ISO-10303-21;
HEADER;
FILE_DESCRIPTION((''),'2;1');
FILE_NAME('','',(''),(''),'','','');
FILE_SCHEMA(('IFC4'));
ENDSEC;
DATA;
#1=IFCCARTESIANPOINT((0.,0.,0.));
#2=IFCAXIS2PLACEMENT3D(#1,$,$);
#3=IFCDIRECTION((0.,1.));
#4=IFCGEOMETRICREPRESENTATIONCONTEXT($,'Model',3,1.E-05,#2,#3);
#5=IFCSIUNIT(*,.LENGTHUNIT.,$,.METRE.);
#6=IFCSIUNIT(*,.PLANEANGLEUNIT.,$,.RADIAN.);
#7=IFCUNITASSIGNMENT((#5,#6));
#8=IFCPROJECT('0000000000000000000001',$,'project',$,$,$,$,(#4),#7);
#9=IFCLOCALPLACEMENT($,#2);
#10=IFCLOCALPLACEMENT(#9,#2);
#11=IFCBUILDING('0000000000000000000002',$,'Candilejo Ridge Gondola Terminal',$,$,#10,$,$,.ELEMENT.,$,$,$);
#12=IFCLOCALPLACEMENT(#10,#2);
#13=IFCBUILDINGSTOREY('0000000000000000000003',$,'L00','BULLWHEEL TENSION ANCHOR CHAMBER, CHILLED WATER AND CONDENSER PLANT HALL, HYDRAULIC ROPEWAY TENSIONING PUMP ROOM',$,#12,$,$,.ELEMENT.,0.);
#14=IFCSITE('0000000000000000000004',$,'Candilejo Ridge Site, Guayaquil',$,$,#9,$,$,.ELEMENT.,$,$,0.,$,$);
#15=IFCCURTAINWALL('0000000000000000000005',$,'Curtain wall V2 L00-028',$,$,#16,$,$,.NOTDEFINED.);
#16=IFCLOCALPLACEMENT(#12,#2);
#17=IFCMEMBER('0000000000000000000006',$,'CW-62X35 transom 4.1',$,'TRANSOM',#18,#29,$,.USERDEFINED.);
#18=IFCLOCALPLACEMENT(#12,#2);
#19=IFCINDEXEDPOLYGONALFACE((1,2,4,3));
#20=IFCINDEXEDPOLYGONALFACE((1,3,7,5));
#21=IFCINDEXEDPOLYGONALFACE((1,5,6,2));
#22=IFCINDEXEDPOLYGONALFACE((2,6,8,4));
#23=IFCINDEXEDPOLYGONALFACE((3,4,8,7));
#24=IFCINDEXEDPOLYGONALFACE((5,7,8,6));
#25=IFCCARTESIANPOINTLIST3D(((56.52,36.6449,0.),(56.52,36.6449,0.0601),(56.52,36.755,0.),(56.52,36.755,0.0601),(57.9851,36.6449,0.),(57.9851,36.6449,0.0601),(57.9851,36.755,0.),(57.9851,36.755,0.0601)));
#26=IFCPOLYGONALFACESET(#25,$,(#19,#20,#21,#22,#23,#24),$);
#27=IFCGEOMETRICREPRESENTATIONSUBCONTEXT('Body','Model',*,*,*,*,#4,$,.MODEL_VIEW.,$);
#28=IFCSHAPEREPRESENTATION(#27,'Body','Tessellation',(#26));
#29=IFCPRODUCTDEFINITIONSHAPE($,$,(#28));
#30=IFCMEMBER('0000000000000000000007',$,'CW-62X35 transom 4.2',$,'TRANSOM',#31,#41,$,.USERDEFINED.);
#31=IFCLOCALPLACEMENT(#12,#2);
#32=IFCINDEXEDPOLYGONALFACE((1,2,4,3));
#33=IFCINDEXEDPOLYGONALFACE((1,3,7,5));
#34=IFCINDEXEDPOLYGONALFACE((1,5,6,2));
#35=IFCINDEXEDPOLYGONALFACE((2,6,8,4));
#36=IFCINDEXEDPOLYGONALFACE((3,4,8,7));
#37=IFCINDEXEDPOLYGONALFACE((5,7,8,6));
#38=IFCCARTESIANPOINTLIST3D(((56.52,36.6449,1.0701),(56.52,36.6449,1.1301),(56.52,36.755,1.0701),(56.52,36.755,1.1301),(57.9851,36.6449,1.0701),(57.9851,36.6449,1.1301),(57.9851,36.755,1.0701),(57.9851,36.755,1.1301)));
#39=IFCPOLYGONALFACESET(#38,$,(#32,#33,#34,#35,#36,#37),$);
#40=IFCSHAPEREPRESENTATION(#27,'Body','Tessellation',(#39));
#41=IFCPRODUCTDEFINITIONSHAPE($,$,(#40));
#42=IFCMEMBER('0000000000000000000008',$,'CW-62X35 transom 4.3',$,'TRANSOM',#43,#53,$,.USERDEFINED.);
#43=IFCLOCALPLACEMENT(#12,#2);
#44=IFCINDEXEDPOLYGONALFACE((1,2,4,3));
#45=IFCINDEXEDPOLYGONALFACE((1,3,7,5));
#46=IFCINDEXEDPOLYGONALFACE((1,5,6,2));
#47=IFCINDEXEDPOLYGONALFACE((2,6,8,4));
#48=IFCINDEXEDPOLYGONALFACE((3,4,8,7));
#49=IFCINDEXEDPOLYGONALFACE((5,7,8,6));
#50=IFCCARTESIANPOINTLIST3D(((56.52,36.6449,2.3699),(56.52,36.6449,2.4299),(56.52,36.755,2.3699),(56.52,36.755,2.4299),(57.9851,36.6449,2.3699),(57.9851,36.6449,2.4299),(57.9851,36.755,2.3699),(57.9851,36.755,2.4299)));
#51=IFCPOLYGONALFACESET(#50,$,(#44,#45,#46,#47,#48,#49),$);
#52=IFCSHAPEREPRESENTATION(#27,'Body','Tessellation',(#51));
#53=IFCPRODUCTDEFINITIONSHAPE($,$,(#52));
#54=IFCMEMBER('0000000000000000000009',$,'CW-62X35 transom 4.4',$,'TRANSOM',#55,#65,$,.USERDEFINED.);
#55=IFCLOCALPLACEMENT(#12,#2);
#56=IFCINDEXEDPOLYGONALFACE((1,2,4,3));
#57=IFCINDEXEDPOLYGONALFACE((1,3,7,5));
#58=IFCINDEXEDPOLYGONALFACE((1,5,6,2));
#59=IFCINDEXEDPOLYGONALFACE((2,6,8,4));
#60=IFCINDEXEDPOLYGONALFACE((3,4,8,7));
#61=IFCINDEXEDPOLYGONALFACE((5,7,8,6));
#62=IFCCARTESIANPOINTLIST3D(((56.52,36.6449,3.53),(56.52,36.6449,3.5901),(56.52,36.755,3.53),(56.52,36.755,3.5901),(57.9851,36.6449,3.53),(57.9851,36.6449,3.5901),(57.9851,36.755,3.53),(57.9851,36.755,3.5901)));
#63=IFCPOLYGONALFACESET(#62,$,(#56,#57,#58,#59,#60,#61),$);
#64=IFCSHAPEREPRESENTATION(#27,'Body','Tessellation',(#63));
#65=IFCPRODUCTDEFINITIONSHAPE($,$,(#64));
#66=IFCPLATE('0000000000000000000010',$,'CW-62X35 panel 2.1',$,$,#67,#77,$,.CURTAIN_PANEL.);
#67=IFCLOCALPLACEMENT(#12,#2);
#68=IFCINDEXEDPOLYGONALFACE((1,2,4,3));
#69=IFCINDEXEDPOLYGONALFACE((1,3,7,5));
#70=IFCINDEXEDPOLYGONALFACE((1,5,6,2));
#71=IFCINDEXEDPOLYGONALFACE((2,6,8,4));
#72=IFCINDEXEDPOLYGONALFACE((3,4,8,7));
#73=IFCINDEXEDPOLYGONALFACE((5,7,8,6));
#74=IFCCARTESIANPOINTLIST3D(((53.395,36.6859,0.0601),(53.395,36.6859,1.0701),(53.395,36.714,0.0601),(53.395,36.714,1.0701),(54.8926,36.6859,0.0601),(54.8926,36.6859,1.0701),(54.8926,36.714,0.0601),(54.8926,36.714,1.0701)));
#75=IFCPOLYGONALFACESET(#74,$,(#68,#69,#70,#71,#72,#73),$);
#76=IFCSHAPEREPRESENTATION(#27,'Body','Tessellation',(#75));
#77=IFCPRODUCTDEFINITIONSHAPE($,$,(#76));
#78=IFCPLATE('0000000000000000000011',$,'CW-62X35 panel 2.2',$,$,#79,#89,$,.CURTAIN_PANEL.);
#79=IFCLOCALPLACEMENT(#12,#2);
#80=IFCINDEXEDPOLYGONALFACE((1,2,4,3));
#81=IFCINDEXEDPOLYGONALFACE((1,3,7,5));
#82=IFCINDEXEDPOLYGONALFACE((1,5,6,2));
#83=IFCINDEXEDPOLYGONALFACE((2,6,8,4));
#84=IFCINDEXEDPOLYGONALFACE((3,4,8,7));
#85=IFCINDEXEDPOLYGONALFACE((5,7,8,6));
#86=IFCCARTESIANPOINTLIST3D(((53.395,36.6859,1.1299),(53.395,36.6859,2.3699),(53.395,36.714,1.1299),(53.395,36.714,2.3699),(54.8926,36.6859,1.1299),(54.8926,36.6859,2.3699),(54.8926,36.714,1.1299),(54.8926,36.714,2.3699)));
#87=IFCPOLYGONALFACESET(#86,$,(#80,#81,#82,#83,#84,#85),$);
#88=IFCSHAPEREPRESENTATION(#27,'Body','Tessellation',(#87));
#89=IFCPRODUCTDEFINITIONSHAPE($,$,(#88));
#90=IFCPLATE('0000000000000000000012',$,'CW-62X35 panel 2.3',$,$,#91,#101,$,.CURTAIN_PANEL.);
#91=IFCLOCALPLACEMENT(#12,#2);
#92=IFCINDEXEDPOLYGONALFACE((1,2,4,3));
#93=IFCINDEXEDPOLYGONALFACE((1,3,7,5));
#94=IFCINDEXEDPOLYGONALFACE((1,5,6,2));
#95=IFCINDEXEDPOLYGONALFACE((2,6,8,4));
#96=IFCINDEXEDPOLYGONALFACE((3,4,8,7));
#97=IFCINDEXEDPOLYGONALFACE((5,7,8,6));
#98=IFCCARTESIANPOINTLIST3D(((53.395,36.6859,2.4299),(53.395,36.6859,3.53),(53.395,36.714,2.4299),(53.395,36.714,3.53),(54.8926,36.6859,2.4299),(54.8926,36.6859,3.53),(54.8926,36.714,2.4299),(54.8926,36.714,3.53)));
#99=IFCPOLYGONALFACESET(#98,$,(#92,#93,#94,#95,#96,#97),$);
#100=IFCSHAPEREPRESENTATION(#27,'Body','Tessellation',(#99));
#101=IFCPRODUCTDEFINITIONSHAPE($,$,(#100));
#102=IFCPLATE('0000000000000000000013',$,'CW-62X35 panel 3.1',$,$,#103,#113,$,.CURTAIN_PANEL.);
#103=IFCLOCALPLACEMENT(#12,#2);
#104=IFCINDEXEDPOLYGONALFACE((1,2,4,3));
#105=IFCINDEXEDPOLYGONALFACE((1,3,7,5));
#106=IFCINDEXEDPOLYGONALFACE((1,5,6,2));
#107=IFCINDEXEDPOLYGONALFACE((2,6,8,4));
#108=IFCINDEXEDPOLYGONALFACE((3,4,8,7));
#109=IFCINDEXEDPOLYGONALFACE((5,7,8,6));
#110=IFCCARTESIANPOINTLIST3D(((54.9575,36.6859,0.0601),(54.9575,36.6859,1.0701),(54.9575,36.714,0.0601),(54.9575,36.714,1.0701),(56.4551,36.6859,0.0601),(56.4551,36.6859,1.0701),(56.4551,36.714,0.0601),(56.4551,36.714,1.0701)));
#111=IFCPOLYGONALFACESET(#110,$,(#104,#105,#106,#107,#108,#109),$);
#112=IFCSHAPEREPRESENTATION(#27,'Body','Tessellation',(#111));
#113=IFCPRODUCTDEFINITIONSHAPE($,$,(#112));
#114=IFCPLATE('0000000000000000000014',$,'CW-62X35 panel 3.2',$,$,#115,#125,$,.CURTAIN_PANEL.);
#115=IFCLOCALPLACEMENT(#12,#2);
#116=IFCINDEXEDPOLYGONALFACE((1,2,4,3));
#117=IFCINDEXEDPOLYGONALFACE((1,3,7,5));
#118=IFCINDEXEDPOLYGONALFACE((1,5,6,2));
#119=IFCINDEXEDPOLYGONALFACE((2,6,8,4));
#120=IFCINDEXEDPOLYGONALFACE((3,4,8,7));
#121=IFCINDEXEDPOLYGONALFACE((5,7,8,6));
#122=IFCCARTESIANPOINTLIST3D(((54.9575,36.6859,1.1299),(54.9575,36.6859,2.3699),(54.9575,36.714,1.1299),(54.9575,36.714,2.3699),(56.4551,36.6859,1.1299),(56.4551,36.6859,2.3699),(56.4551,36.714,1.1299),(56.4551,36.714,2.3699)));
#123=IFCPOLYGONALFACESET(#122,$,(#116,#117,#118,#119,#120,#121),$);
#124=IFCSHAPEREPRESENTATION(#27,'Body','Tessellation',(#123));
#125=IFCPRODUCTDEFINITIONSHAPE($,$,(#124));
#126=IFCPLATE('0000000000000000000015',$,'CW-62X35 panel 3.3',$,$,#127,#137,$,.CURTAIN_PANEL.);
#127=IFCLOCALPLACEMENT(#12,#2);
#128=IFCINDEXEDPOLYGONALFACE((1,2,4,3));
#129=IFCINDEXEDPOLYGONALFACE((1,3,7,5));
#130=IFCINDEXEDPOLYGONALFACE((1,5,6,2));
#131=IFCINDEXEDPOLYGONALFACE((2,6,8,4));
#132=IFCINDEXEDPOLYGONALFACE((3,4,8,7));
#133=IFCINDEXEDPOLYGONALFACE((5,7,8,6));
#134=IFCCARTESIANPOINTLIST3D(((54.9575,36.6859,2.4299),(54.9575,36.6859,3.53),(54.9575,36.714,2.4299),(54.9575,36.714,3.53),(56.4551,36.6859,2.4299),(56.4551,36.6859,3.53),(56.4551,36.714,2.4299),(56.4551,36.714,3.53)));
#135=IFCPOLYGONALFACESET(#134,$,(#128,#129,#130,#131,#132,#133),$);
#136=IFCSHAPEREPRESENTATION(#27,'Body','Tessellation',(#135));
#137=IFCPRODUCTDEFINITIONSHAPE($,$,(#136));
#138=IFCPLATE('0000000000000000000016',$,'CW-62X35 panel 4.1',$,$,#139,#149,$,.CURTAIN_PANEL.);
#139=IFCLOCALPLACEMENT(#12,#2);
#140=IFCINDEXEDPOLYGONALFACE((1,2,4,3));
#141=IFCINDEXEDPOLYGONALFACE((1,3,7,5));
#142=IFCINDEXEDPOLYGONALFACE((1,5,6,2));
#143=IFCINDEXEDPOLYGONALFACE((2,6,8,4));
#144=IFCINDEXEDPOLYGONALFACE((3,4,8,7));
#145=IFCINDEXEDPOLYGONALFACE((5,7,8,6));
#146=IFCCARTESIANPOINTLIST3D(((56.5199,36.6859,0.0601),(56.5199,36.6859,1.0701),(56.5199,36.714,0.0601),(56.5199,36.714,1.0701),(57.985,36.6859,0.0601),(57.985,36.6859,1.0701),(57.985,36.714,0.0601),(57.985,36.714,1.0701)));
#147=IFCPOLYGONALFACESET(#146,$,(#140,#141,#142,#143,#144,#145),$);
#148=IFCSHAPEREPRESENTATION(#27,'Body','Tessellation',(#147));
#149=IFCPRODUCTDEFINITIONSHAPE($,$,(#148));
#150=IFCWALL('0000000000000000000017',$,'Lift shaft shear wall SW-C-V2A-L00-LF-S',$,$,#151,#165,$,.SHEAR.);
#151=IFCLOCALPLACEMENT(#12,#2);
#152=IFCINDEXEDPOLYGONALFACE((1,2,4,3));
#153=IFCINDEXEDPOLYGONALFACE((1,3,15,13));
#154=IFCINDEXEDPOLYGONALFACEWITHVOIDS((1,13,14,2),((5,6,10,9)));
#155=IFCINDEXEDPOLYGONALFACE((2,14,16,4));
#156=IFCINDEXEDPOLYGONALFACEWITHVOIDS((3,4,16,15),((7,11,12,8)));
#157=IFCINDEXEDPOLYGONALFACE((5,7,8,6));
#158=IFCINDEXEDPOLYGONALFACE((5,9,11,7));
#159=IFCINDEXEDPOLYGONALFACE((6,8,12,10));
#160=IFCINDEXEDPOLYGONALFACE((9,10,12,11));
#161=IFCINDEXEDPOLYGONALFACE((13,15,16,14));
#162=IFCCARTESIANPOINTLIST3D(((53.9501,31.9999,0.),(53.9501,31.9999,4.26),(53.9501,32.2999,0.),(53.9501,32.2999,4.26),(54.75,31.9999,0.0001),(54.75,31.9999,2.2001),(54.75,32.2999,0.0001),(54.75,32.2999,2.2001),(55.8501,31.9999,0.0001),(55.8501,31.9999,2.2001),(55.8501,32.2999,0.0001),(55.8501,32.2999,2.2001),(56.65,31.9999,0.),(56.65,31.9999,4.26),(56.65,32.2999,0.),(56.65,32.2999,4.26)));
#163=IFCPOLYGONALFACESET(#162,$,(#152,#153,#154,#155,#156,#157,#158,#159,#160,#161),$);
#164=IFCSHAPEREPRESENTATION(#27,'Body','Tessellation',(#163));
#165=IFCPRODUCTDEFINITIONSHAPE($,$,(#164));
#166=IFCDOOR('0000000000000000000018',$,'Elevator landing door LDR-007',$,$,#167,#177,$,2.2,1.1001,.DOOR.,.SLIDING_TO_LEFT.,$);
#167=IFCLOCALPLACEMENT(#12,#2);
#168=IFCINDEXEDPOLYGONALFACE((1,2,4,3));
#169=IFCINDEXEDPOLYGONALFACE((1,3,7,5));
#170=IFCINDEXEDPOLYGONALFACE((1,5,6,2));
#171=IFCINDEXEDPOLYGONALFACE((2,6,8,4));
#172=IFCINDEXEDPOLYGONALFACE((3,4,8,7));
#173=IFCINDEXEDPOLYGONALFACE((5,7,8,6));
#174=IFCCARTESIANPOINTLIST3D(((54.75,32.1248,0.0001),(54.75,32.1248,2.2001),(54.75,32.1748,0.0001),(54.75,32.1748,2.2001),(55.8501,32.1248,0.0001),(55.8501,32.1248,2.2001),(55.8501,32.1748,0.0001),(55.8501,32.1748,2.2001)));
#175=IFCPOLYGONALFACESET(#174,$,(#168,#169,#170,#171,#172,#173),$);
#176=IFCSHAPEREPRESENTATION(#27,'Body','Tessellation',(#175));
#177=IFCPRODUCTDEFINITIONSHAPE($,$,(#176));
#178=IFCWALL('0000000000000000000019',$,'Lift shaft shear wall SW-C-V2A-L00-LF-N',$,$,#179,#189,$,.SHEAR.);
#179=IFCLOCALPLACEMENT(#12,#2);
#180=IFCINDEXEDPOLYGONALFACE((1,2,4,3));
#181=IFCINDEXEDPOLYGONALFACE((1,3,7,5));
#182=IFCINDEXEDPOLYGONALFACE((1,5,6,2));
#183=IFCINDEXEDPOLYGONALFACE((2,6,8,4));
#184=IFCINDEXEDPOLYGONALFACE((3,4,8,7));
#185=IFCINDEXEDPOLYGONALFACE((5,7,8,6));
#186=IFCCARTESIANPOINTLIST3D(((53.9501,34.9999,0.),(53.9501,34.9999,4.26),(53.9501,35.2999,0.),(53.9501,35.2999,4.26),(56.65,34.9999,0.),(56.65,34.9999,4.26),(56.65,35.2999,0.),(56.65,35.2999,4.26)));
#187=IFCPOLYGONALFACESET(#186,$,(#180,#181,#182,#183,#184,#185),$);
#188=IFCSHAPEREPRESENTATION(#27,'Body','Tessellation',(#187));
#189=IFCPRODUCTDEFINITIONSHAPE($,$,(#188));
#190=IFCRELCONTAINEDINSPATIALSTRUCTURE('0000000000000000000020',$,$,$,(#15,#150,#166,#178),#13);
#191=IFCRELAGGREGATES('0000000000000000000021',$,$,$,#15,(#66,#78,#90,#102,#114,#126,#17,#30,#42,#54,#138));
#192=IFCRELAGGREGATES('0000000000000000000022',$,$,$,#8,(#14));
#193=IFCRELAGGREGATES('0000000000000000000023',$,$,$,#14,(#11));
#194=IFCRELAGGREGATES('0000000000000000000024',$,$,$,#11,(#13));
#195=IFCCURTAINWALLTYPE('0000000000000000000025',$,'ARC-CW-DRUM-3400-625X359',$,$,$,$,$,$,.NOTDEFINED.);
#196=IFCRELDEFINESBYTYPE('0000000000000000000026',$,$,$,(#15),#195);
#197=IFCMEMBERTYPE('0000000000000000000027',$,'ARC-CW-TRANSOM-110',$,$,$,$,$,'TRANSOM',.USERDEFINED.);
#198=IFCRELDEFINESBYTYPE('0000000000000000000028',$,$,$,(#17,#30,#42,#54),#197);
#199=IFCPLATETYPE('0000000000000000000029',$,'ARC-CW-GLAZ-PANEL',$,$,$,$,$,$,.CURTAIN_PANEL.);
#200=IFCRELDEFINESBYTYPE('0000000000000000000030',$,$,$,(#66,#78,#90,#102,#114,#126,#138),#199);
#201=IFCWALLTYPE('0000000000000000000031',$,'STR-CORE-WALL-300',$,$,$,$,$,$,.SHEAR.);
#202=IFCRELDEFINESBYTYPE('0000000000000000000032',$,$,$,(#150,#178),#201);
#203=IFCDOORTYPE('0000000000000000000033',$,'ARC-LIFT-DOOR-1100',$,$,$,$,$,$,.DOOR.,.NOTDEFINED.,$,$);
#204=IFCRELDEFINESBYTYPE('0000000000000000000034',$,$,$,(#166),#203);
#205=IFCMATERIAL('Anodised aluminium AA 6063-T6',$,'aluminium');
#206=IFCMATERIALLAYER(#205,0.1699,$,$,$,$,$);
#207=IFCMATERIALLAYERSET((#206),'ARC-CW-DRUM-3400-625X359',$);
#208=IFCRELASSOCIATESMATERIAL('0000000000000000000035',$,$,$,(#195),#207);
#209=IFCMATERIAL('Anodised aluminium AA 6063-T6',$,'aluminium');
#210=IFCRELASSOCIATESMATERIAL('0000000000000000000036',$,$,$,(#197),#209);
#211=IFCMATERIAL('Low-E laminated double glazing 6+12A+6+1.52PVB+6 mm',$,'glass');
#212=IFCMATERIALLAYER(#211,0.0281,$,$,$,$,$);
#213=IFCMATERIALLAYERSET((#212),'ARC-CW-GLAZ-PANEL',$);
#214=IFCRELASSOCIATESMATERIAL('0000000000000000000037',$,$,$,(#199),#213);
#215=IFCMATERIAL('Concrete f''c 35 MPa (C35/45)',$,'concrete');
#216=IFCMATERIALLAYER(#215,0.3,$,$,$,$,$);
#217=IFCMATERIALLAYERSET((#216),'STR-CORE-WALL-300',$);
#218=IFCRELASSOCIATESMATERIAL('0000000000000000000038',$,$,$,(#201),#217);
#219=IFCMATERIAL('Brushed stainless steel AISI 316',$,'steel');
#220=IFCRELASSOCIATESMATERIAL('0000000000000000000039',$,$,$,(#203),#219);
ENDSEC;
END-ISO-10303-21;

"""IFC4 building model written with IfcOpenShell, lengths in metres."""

from ifc_helpers import new_model, si_unit, direction, frame, frame_2d, origin, origin_2d, place, context, subcontext, project, spatial, rectangle, extrude, material, layer, layer_set, material_profile, profile_set, type_object, element, fill, aggregate, save


model = new_model("IFC4")

# Units and contexts
model_context = context("Model", 3, precision=1e-05, world=origin(), true_north=direction((0.0, 1.0)))
body_context = subcontext(model_context, "Body", "Model", "MODEL_VIEW")
ifc_project = project(units=[si_unit("LENGTHUNIT", "METRE"), si_unit("PLANEANGLEUNIT", "RADIAN")], contexts=[model_context])

# Site, building, storey
site_placement = place(None, origin())
site = spatial("IfcSite", under=ifc_project, at=site_placement, Name="Candilejo Ridge Site, Guayaquil", CompositionType="ELEMENT", RefElevation=0.0)
building_placement = place(site_placement, origin())
building = spatial("IfcBuilding", under=site, at=building_placement, Name="Candilejo Ridge Gondola Terminal", CompositionType="ELEMENT")
storey_placement = place(building_placement, origin())
storey = spatial("IfcBuildingStorey", under=building, at=storey_placement, Name="L00", Description="BULLWHEEL TENSION ANCHOR CHAMBER, CHILLED WATER AND CONDENSER PLANT HALL, HYDRAULIC ROPEWAY TENSIONING PUMP ROOM", CompositionType="ELEMENT", Elevation=0.0)

# Curtain wall, members, plates
ifc_material_1 = material(Name="Anodised aluminium AA 6063-T6", Category="aluminium")
ifc_layer_1 = layer(ifc_material_1, 0.1699)
ifc_layer_set_1 = layer_set([ifc_layer_1], Name="ARC-CW-DRUM-3400-625X359")
curtain_wall_type = type_object("IfcCurtainWallType", Name="ARC-CW-DRUM-3400-625X359", PredefinedType="NOTDEFINED", material=ifc_layer_set_1)
curtain_wall_placement = place(storey_placement, origin())
curtain_wall = element("IfcCurtainWall", 1, at=curtain_wall_placement, inside=storey, type_object=curtain_wall_type, Name="Curtain wall V2 L00-028", PredefinedType="NOTDEFINED")
ifc_material_2 = material(Name="Anodised aluminium AA 6063-T6", Category="aluminium")
ifc_material_profile_1 = material_profile(ifc_material_2, rectangle(XDim=0.1101, YDim=0.0601, at=origin_2d()))
ifc_profile_set_1 = profile_set([ifc_material_profile_1], Name="Anodised aluminium AA 6063-T6")
member_type_1 = type_object("IfcMemberType", Name="ARC-CW-TRANSOM-110", ElementType="TRANSOM", PredefinedType="USERDEFINED", material=ifc_profile_set_1)
member_1_placement = place(storey_placement, frame((56.52, 36.7, 0.03), z_axis=(1.0, 0.0, 0.0), x_axis=(0.0, 1.0, 0.0)))
member_1 = element("IfcMember", 2, at=member_1_placement, type_object=member_type_1, Name="CW-62X35 transom 4.1", ObjectType="TRANSOM", PredefinedType="USERDEFINED", context=body_context, shape_type="SweptSolid", body=[
    extrude(rectangle(XDim=0.1101, YDim=0.0601, at=origin_2d()), origin(), (0.0, 0.0, 1.0), 1.4651),
])
member_2_placement = place(storey_placement, frame((56.52, 36.7, 1.1001), z_axis=(1.0, 0.0, 0.0), x_axis=(0.0, 1.0, 0.0)))
member_2 = element("IfcMember", 3, at=member_2_placement, type_object=member_type_1, Name="CW-62X35 transom 4.2", ObjectType="TRANSOM", PredefinedType="USERDEFINED", context=body_context, shape_type="SweptSolid", body=[
    extrude(rectangle(XDim=0.1101, YDim=0.0601, at=origin_2d()), origin(), (0.0, 0.0, 1.0), 1.4651),
])
member_3_placement = place(storey_placement, frame((56.52, 36.7, 2.3999), z_axis=(1.0, 0.0, 0.0), x_axis=(0.0, 1.0, 0.0)))
member_3 = element("IfcMember", 4, at=member_3_placement, type_object=member_type_1, Name="CW-62X35 transom 4.3", ObjectType="TRANSOM", PredefinedType="USERDEFINED", context=body_context, shape_type="SweptSolid", body=[
    extrude(rectangle(XDim=0.1101, YDim=0.0601, at=origin_2d()), origin(), (0.0, 0.0, 1.0), 1.4651),
])
member_4_placement = place(storey_placement, frame((56.52, 36.7, 3.5601), z_axis=(1.0, 0.0, 0.0), x_axis=(0.0, 1.0, 0.0)))
member_4 = element("IfcMember", 5, at=member_4_placement, type_object=member_type_1, Name="CW-62X35 transom 4.4", ObjectType="TRANSOM", PredefinedType="USERDEFINED", context=body_context, shape_type="SweptSolid", body=[
    extrude(rectangle(XDim=0.1101, YDim=0.0601, at=origin_2d()), origin(), (0.0, 0.0, 1.0), 1.4651),
])
ifc_material_3 = material(Name="Low-E laminated double glazing 6+12A+6+1.52PVB+6 mm", Category="glass")
ifc_layer_2 = layer(ifc_material_3, 0.0281)
ifc_layer_set_2 = layer_set([ifc_layer_2], Name="ARC-CW-GLAZ-PANEL")
plate_type = type_object("IfcPlateType", Name="ARC-CW-GLAZ-PANEL", PredefinedType="CURTAIN_PANEL", material=ifc_layer_set_2)
plate_1_placement = place(storey_placement, frame((54.1438, 36.7, 0.0601), z_axis=(0.0, 0.0, 1.0), x_axis=(1.0, 0.0, 0.0)))
plate_1 = element("IfcPlate", 6, at=plate_1_placement, type_object=plate_type, Name="CW-62X35 panel 2.1", PredefinedType="CURTAIN_PANEL", context=body_context, shape_type="SweptSolid", body=[
    extrude(rectangle(XDim=1.4976, YDim=0.0281, at=origin_2d()), origin(), (0.0, 0.0, 1.0), 1.01),
])
plate_2_placement = place(storey_placement, frame((54.1438, 36.7, 1.1299), z_axis=(0.0, 0.0, 1.0), x_axis=(1.0, 0.0, 0.0)))
plate_2 = element("IfcPlate", 7, at=plate_2_placement, type_object=plate_type, Name="CW-62X35 panel 2.2", PredefinedType="CURTAIN_PANEL", context=body_context, shape_type="SweptSolid", body=[
    extrude(rectangle(XDim=1.4976, YDim=0.0281, at=origin_2d()), origin(), (0.0, 0.0, 1.0), 1.24),
])
plate_3_placement = place(storey_placement, frame((54.1438, 36.7, 2.4299), z_axis=(0.0, 0.0, 1.0), x_axis=(1.0, 0.0, 0.0)))
plate_3 = element("IfcPlate", 8, at=plate_3_placement, type_object=plate_type, Name="CW-62X35 panel 2.3", PredefinedType="CURTAIN_PANEL", context=body_context, shape_type="SweptSolid", body=[
    extrude(rectangle(XDim=1.4976, YDim=0.0281, at=origin_2d()), origin(), (0.0, 0.0, 1.0), 1.1001),
])
plate_4_placement = place(storey_placement, frame((55.7063, 36.7, 0.0601), z_axis=(0.0, 0.0, 1.0), x_axis=(1.0, 0.0, 0.0)))
plate_4 = element("IfcPlate", 9, at=plate_4_placement, type_object=plate_type, Name="CW-62X35 panel 3.1", PredefinedType="CURTAIN_PANEL", context=body_context, shape_type="SweptSolid", body=[
    extrude(rectangle(XDim=1.4976, YDim=0.0281, at=origin_2d()), origin(), (0.0, 0.0, 1.0), 1.01),
])
plate_5_placement = place(storey_placement, frame((55.7063, 36.7, 1.1299), z_axis=(0.0, 0.0, 1.0), x_axis=(1.0, 0.0, 0.0)))
plate_5 = element("IfcPlate", 10, at=plate_5_placement, type_object=plate_type, Name="CW-62X35 panel 3.2", PredefinedType="CURTAIN_PANEL", context=body_context, shape_type="SweptSolid", body=[
    extrude(rectangle(XDim=1.4976, YDim=0.0281, at=origin_2d()), origin(), (0.0, 0.0, 1.0), 1.24),
])
plate_6_placement = place(storey_placement, frame((55.7063, 36.7, 2.4299), z_axis=(0.0, 0.0, 1.0), x_axis=(1.0, 0.0, 0.0)))
plate_6 = element("IfcPlate", 11, at=plate_6_placement, type_object=plate_type, Name="CW-62X35 panel 3.3", PredefinedType="CURTAIN_PANEL", context=body_context, shape_type="SweptSolid", body=[
    extrude(rectangle(XDim=1.4976, YDim=0.0281, at=origin_2d()), origin(), (0.0, 0.0, 1.0), 1.1001),
])
plate_7_placement = place(storey_placement, frame((57.2524, 36.7, 0.0601), z_axis=(0.0, 0.0, 1.0), x_axis=(1.0, 0.0, 0.0)))
plate_7 = element("IfcPlate", 12, at=plate_7_placement, type_object=plate_type, Name="CW-62X35 panel 4.1", PredefinedType="CURTAIN_PANEL", context=body_context, shape_type="SweptSolid", body=[
    extrude(rectangle(XDim=1.4651, YDim=0.0281, at=origin_2d()), origin(), (0.0, 0.0, 1.0), 1.01),
])
aggregate(curtain_wall, [plate_1, plate_2, plate_3, plate_4, plate_5, plate_6, member_1, member_2, member_3, member_4, plate_7])

# Wall, opening, door
ifc_material_4 = material(Name="Concrete f'c 35 MPa (C35/45)", Category="concrete")
ifc_layer_3 = layer(ifc_material_4, 0.3)
ifc_layer_set_3 = layer_set([ifc_layer_3], Name="STR-CORE-WALL-300")
wall_type = type_object("IfcWallType", Name="STR-CORE-WALL-300", PredefinedType="SHEAR", material=ifc_layer_set_3)
wall_1_placement = place(storey_placement, frame((53.95, 32.1499, 0.0), z_axis=(0.0, 0.0, 1.0), x_axis=(1.0, 0.0, 0.0)))
wall_1 = element("IfcWall", 13, at=wall_1_placement, inside=storey, type_object=wall_type, Name="Lift shaft shear wall SW-C-V2A-L00-LF-S", PredefinedType="SHEAR", context=body_context, shape_type="SweptSolid", body=[
    extrude(rectangle(XDim=2.7, YDim=0.3, at=frame_2d((1.3501, 0.0))), origin(), (0.0, 0.0, 1.0), 4.26),
])
opening_placement = place(wall_1_placement, frame((0.8, 0.0, 0.0)))
opening = element("IfcOpeningElement", 14, at=opening_placement, cuts=wall_1, PredefinedType="OPENING", context=body_context, shape_type="SweptSolid", body=[
    extrude(rectangle(XDim=1.1001, YDim=2.2, at=frame_2d((0.55, 1.1001))), frame((0.0, 0.1599, 0.0), z_axis=(0.0, -1.0, 0.0), x_axis=(1.0, 0.0, 0.0)), (0.0, 0.0, 1.0), 0.3201),
])
ifc_material_5 = material(Name="Brushed stainless steel AISI 316", Category="steel")
door_type = type_object("IfcDoorType", Name="ARC-LIFT-DOOR-1100", OperationType="NOTDEFINED", PredefinedType="DOOR", material=ifc_material_5)
door_placement = place(opening_placement, origin())
door = element("IfcDoor", 15, at=door_placement, inside=storey, type_object=door_type, Name="Elevator landing door LDR-007", OperationType="SLIDING_TO_LEFT", OverallHeight=2.2, OverallWidth=1.1001, PredefinedType="DOOR", context=body_context, shape_type="SweptSolid", body=[
    extrude(rectangle(XDim=1.1001, YDim=2.2, at=frame_2d((0.55, 1.1001))), frame((0.0, 0.0249, 0.0), z_axis=(0.0, -1.0, 0.0), x_axis=(1.0, 0.0, 0.0)), (0.0, 0.0, 1.0), 0.05),
])
fill(opening, door)

# Wall
wall_2_placement = place(storey_placement, frame((53.95, 35.1499, 0.0), z_axis=(0.0, 0.0, 1.0), x_axis=(1.0, 0.0, 0.0)))
element("IfcWall", 16, at=wall_2_placement, inside=storey, type_object=wall_type, Name="Lift shaft shear wall SW-C-V2A-L00-LF-N", PredefinedType="SHEAR", context=body_context, shape_type="SweptSolid", body=[
    extrude(rectangle(XDim=2.7, YDim=0.3, at=frame_2d((1.3501, 0.0))), origin(), (0.0, 0.0, 1.0), 4.26),
])

save(model, "model.ifc")
